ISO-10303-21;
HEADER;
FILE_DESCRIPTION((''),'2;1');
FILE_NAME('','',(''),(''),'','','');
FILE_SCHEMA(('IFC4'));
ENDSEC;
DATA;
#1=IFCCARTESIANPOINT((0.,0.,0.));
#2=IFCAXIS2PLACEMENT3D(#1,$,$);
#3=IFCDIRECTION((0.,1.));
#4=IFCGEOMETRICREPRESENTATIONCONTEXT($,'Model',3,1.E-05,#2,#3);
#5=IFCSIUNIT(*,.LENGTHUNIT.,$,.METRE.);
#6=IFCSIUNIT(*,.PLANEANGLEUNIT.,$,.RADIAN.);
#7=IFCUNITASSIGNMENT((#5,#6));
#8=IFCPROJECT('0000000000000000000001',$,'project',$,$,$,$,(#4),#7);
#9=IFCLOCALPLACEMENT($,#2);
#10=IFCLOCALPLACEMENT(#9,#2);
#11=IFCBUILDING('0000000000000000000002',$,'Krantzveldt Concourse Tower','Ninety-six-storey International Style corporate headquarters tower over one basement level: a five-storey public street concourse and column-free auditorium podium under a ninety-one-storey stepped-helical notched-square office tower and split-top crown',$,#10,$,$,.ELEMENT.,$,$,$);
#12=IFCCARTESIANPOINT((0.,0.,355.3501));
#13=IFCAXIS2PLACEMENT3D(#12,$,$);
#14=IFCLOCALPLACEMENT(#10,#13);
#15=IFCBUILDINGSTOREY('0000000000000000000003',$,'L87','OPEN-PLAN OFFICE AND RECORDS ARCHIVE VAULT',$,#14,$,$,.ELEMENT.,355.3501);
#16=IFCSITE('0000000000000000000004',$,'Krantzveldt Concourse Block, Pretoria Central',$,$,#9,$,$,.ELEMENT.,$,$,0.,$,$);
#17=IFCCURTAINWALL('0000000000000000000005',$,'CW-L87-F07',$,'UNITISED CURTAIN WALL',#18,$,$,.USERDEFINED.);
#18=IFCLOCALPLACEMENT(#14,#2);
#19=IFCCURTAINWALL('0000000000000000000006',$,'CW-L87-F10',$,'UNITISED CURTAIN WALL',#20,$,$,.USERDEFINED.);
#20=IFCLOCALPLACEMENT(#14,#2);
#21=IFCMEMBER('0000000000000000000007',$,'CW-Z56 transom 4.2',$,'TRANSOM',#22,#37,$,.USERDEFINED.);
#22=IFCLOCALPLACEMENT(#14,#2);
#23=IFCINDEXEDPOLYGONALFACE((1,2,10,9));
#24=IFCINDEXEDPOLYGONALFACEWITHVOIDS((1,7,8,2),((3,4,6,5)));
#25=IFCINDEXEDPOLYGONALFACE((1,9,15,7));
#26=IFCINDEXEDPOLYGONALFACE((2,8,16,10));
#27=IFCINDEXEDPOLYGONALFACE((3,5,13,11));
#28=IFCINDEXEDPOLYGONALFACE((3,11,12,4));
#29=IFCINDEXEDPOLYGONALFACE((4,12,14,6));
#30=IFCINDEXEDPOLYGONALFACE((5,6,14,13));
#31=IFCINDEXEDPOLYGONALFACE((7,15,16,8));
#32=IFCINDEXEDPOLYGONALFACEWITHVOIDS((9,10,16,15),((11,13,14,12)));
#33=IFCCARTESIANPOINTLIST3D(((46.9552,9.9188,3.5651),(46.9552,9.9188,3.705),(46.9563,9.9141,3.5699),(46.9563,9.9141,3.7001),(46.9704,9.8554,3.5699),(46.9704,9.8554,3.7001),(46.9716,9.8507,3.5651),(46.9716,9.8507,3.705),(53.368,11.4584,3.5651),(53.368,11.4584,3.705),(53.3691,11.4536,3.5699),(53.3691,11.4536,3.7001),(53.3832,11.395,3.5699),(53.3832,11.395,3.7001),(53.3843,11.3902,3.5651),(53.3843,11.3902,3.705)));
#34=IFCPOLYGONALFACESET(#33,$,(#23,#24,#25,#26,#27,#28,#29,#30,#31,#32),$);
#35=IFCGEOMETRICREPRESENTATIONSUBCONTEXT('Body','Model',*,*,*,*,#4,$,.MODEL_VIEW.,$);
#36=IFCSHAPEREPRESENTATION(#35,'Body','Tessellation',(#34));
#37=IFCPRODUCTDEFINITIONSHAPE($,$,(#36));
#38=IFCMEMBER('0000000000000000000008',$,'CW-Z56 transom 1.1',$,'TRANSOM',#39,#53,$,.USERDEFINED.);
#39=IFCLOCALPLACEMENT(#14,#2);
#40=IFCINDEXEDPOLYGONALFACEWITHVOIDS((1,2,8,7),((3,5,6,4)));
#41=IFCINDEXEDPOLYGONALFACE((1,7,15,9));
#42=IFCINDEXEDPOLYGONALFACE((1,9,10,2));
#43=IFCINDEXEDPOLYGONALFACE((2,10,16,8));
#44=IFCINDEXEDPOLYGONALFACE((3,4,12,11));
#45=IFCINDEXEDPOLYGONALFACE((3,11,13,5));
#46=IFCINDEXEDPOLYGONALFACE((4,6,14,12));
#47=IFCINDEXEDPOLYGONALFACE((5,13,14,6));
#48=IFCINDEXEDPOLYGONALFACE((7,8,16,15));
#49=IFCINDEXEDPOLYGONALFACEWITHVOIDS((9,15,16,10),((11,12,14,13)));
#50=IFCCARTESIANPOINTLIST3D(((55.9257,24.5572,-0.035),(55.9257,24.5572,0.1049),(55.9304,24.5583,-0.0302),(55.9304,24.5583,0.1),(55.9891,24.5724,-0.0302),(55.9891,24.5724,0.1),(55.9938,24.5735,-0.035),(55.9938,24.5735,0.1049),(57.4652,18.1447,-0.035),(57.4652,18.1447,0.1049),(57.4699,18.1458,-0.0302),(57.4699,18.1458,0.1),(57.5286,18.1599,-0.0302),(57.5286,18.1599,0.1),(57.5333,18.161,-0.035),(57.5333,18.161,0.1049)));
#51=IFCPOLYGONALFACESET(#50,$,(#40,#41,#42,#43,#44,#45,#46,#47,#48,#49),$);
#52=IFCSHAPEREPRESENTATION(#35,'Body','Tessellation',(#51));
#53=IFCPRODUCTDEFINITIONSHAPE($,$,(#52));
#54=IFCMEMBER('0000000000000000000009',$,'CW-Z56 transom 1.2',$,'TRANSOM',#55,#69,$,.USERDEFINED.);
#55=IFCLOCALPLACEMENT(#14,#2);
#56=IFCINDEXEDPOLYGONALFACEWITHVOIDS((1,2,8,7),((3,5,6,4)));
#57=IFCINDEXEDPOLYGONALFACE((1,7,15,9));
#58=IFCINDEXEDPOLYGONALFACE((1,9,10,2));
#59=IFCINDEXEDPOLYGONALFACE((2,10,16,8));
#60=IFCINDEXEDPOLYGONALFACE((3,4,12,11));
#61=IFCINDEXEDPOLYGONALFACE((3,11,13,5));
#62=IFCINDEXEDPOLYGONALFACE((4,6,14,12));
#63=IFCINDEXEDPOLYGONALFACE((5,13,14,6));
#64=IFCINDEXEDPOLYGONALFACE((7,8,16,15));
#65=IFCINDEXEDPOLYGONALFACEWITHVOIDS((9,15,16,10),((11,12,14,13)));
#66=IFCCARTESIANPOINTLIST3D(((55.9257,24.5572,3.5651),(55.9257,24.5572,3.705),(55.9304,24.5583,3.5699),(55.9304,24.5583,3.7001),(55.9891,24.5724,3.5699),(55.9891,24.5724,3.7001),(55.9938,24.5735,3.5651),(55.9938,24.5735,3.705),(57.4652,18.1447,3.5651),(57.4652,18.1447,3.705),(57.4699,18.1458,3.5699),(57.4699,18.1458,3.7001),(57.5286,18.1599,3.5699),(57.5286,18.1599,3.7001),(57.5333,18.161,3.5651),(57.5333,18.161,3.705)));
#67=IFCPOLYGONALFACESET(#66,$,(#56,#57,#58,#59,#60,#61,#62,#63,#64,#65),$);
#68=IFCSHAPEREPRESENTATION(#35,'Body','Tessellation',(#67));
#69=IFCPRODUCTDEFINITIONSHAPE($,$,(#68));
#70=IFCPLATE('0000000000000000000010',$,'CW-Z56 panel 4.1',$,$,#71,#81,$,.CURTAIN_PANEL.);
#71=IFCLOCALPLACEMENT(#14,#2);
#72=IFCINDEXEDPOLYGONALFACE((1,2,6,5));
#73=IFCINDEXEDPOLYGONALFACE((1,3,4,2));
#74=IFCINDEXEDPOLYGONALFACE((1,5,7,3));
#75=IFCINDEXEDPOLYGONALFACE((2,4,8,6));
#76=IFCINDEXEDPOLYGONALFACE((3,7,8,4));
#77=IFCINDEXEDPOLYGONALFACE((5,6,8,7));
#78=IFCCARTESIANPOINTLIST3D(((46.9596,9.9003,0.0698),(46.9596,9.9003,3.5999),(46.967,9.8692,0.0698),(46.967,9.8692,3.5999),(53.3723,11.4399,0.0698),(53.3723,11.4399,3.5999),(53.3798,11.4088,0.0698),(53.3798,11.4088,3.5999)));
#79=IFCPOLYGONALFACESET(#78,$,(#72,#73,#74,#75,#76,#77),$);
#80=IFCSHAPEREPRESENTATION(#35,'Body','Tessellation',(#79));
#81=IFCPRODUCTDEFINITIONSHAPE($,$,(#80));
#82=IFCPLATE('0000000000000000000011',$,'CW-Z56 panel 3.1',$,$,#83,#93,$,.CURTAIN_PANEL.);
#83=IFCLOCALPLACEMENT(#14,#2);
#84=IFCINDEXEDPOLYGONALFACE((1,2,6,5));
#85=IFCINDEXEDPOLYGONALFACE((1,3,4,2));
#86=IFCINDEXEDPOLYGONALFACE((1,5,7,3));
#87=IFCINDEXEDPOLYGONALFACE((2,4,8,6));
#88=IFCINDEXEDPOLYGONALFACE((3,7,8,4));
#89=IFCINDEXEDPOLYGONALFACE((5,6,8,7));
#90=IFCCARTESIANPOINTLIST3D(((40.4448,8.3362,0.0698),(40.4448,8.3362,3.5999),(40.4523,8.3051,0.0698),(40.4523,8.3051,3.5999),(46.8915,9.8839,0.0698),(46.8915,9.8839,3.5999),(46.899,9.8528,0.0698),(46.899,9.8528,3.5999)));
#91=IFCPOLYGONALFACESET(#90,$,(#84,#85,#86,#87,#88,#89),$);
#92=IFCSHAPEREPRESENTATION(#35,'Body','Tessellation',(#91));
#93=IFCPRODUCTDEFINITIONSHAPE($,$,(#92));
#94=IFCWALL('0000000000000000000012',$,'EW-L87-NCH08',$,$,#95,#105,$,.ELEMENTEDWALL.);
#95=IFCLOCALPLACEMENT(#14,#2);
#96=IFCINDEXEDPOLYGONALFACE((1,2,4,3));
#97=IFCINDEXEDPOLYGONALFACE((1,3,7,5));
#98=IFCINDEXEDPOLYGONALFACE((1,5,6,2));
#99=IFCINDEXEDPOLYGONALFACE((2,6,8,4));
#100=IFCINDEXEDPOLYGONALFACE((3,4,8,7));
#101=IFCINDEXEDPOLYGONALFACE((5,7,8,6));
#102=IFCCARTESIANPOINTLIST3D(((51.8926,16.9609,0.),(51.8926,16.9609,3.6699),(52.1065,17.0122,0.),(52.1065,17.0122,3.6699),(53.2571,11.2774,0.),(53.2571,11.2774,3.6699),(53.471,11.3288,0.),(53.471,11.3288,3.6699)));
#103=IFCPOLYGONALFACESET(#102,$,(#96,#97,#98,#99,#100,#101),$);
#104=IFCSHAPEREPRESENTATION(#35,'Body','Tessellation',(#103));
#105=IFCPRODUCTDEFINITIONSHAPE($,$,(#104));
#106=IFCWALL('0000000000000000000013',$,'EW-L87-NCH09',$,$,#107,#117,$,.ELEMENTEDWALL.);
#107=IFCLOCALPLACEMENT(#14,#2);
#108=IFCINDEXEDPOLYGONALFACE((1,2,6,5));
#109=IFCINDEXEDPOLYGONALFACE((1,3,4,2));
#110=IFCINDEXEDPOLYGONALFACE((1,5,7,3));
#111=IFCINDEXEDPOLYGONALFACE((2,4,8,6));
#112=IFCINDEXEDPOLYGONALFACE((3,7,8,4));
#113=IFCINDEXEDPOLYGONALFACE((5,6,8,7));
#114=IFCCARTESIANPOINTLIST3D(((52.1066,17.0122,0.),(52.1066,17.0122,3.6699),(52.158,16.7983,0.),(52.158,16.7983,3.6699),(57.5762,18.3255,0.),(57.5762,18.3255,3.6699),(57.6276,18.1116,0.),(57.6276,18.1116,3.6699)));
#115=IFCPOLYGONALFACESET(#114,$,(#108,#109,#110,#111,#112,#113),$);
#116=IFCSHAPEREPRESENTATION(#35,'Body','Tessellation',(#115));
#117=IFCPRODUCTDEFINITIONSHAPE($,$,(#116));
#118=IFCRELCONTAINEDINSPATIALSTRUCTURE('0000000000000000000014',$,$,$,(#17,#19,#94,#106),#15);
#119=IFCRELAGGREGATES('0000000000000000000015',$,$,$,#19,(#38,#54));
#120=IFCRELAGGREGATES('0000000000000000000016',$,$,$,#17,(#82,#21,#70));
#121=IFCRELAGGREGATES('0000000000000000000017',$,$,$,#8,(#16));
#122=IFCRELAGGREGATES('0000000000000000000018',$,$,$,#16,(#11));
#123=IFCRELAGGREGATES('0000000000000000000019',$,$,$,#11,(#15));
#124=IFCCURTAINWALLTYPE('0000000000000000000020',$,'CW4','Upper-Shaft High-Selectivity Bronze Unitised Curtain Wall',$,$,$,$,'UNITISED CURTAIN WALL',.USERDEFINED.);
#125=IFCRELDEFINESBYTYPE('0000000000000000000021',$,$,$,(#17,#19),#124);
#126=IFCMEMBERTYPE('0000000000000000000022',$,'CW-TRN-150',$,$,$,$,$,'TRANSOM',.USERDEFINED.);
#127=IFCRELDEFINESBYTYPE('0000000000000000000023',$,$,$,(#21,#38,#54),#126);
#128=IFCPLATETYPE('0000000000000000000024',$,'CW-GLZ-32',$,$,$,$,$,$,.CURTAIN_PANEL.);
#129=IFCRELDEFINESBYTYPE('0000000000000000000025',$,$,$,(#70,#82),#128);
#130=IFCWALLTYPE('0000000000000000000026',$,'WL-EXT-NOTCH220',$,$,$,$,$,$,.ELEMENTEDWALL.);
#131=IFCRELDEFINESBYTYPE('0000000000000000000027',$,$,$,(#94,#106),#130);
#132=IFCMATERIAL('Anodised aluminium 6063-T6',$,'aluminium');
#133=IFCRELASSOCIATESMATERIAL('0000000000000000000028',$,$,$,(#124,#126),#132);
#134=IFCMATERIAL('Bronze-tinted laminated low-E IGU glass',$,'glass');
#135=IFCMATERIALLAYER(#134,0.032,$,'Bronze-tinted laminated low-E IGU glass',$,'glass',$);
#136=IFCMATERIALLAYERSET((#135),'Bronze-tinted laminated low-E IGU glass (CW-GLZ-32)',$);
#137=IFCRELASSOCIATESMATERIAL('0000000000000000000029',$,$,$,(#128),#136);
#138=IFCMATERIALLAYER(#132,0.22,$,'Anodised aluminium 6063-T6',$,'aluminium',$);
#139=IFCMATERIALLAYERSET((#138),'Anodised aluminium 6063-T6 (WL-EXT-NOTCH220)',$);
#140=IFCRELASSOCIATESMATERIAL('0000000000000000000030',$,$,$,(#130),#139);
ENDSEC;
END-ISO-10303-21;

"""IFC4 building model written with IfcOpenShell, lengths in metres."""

from ifc_helpers import new_model, si_unit, direction, frame, frame_2d, origin, origin_2d, place, context, subcontext, project, spatial, rectangle, hollow_rectangle, extrude, source, transform, mapped, material, layer, layer_set, material_profile, profile_set, type_object, type_shapes, element, aggregate, save


model = new_model("IFC4")

# Units and contexts
model_context = context("Model", 3, precision=1e-05, world=origin(), true_north=direction((0.0, 1.0)))
body_context = subcontext(model_context, "Body", "Model", "MODEL_VIEW")
ifc_project = project(units=[si_unit("LENGTHUNIT", "METRE"), si_unit("PLANEANGLEUNIT", "RADIAN")], contexts=[model_context])

# Site, building, storey
site_placement = place(None, origin())
site = spatial("IfcSite", under=ifc_project, at=site_placement, Name="Krantzveldt Concourse Block, Pretoria Central", CompositionType="ELEMENT", RefElevation=0.0)
building_placement = place(site_placement, origin())
building = spatial("IfcBuilding", under=site, at=building_placement, Name="Krantzveldt Concourse Tower", Description="Ninety-six-storey International Style corporate headquarters tower over one basement level: a five-storey public street concourse and column-free auditorium podium under a ninety-one-storey stepped-helical notched-square office tower and split-top crown", CompositionType="ELEMENT")
storey_placement = place(building_placement, frame((0.0, 0.0, 355.3501)))
storey = spatial("IfcBuildingStorey", under=building, at=storey_placement, Name="L87", Description="OPEN-PLAN OFFICE AND RECORDS ARCHIVE VAULT", CompositionType="ELEMENT", Elevation=355.3501)

# Curtain wall
ifc_material_1 = material(Name="Anodised aluminium 6063-T6", Category="aluminium")
curtain_wall_type = type_object("IfcCurtainWallType", Name="CW4", Description="Upper-Shaft High-Selectivity Bronze Unitised Curtain Wall", ElementType="UNITISED CURTAIN WALL", PredefinedType="USERDEFINED", material=ifc_material_1)
curtain_wall_1_placement = place(storey_placement, origin())
curtain_wall_1 = element("IfcCurtainWall", 1, at=curtain_wall_1_placement, inside=storey, type_object=curtain_wall_type, Name="CW-L87-F07", ObjectType="UNITISED CURTAIN WALL", PredefinedType="USERDEFINED")

# Curtain wall
curtain_wall_2_placement = place(storey_placement, origin())
curtain_wall_2 = element("IfcCurtainWall", 2, at=curtain_wall_2_placement, inside=storey, type_object=curtain_wall_type, Name="CW-L87-F10", ObjectType="UNITISED CURTAIN WALL", PredefinedType="USERDEFINED")

# Members
ifc_material_profile_1 = material_profile(ifc_material_1, hollow_rectangle(XDim=0.0701, YDim=0.1399, WallThickness=0.0049, at=origin_2d()), Name="Anodised aluminium 6063-T6", Category="aluminium")
ifc_profile_set_1 = profile_set([ifc_material_profile_1], Name="Anodised aluminium 6063-T6 - ALU-TRAN 140x70x5")
member_type_1 = type_object("IfcMemberType", Name="CW-TRN-150", ElementType="TRANSOM", PredefinedType="USERDEFINED", material=ifc_profile_set_1)
shared_shape_1 = source(origin(), body_context, "Body", "SweptSolid", [
    extrude(hollow_rectangle(XDim=0.0701, YDim=0.1399, WallThickness=0.0049, at=origin_2d()), origin(), (0.0, 0.0, 1.0), 6.595),
])
member_1_placement = place(storey_placement, frame((46.9634, 9.8848, 3.635), z_axis=(0.972371, 0.23344, 0.0), x_axis=(-0.23344, 0.972371, 0.0)))
member_1 = element("IfcMember", 3, at=member_1_placement, type_object=member_type_1, Name="CW-Z56 transom 4.2", ObjectType="TRANSOM", PredefinedType="USERDEFINED", context=body_context, shape_type="MappedRepresentation", body=[
    mapped(shared_shape_1, transform((0.0, 0.0, 0.0), x_axis=(1.0, 0.0, 0.0), y_axis=(0.0, 1.0, 0.0), z_axis=(0.0, 0.0, 1.0), scale=1.0)),
])
shared_shape_2 = source(origin(), body_context, "Body", "SweptSolid", [
    extrude(hollow_rectangle(XDim=0.0701, YDim=0.1399, WallThickness=0.0049, at=origin_2d()), origin(), (0.0, 0.0, 1.0), 6.5947),
])
type_shapes(member_type_1, [shared_shape_1, shared_shape_2])
member_2_placement = place(storey_placement, frame((57.4993, 18.1528, 0.0349), z_axis=(-0.233449, 0.972369, 0.0), x_axis=(-0.972369, -0.233449, 0.0)))
member_2 = element("IfcMember", 4, at=member_2_placement, type_object=member_type_1, Name="CW-Z56 transom 1.1", ObjectType="TRANSOM", PredefinedType="USERDEFINED", context=body_context, shape_type="MappedRepresentation", body=[
    mapped(shared_shape_2, transform((0.0, 0.0, 0.0), x_axis=(1.0, 0.0, 0.0), y_axis=(0.0, 1.0, 0.0), z_axis=(0.0, 0.0, 1.0), scale=1.0)),
])
member_3_placement = place(storey_placement, frame((57.4993, 18.1528, 3.635), z_axis=(-0.233449, 0.972369, 0.0), x_axis=(-0.972369, -0.233449, 0.0)))
member_3 = element("IfcMember", 5, at=member_3_placement, type_object=member_type_1, Name="CW-Z56 transom 1.2", ObjectType="TRANSOM", PredefinedType="USERDEFINED", context=body_context, shape_type="MappedRepresentation", body=[
    mapped(shared_shape_2, transform((0.0, 0.0, 0.0), x_axis=(1.0, 0.0, 0.0), y_axis=(0.0, 1.0, 0.0), z_axis=(0.0, 0.0, 1.0), scale=1.0)),
])
aggregate(curtain_wall_2, [member_2, member_3])

# Plates
ifc_material_2 = material(Name="Bronze-tinted laminated low-E IGU glass", Category="glass")
ifc_layer_1 = layer(ifc_material_2, 0.032, Name="Bronze-tinted laminated low-E IGU glass", Category="glass")
ifc_layer_set_1 = layer_set([ifc_layer_1], Name="Bronze-tinted laminated low-E IGU glass (CW-GLZ-32)")
plate_type = type_object("IfcPlateType", Name="CW-GLZ-32", PredefinedType="CURTAIN_PANEL", material=ifc_layer_set_1)
shared_shape_3 = source(origin(), body_context, "Body", "SweptSolid", [
    extrude(rectangle(XDim=6.595, YDim=0.032, at=origin_2d()), origin(), (0.0, 0.0, 1.0), 3.53),
])
plate_1_placement = place(storey_placement, frame((50.1697, 10.6545, 0.0698), z_axis=(0.0, 0.0, 1.0), x_axis=(0.97237, 0.233445, 0.0)))
plate_1 = element("IfcPlate", 6, at=plate_1_placement, type_object=plate_type, Name="CW-Z56 panel 4.1", PredefinedType="CURTAIN_PANEL", context=body_context, shape_type="MappedRepresentation", body=[
    mapped(shared_shape_3, transform((0.0, 0.0, 0.0), x_axis=(1.0, 0.0, 0.0), y_axis=(0.0, 1.0, 0.0), z_axis=(0.0, 0.0, 1.0), scale=1.0)),
])
shared_shape_4 = source(origin(), body_context, "Body", "SweptSolid", [
    extrude(rectangle(XDim=6.6299, YDim=0.032, at=origin_2d()), origin(), (0.0, 0.0, 1.0), 3.53),
])
type_shapes(plate_type, [shared_shape_3, shared_shape_4])
plate_2_placement = place(storey_placement, frame((43.6719, 9.0945, 0.0698), z_axis=(0.0, 0.0, 1.0), x_axis=(0.97237, 0.233445, 0.0)))
plate_2 = element("IfcPlate", 7, at=plate_2_placement, type_object=plate_type, Name="CW-Z56 panel 3.1", PredefinedType="CURTAIN_PANEL", context=body_context, shape_type="MappedRepresentation", body=[
    mapped(shared_shape_4, transform((0.0, 0.0, 0.0), x_axis=(1.0, 0.0, 0.0), y_axis=(0.0, 1.0, 0.0), z_axis=(0.0, 0.0, 1.0), scale=1.0)),
])
aggregate(curtain_wall_1, [plate_2, member_1, plate_1])

# Walls
ifc_layer_2 = layer(ifc_material_1, 0.22, Name="Anodised aluminium 6063-T6", Category="aluminium")
ifc_layer_set_2 = layer_set([ifc_layer_2], Name="Anodised aluminium 6063-T6 (WL-EXT-NOTCH220)")
wall_type_1 = type_object("IfcWallType", Name="WL-EXT-NOTCH220", PredefinedType="ELEMENTEDWALL", material=ifc_layer_set_2)
wall_1_placement = place(storey_placement, frame((53.364, 11.3032, 0.0), z_axis=(0.0, 0.0, 1.0), x_axis=(-0.233454, 0.972368, 0.0)))
element("IfcWall", 8, at=wall_1_placement, inside=storey, type_object=wall_type_1, Name="EW-L87-NCH08", PredefinedType="ELEMENTEDWALL", context=body_context, shape_type="SweptSolid", body=[
    extrude(rectangle(XDim=5.845, YDim=0.22, at=frame_2d((2.9224, 0.0))), origin(), (0.0, 0.0, 1.0), 3.6699),
])
wall_2_placement = place(storey_placement, frame((52.1323, 16.9053, 0.0), z_axis=(0.0, 0.0, 1.0), x_axis=(0.972365, 0.233467, 0.0)))
element("IfcWall", 9, at=wall_2_placement, inside=storey, type_object=wall_type_1, Name="EW-L87-NCH09", PredefinedType="ELEMENTEDWALL", context=body_context, shape_type="SweptSolid", body=[
    extrude(rectangle(XDim=5.625, YDim=0.22, at=frame_2d((2.8125, 0.0))), origin(), (0.0, 0.0, 1.0), 3.6699),
])

save(model, "model.ifc")
